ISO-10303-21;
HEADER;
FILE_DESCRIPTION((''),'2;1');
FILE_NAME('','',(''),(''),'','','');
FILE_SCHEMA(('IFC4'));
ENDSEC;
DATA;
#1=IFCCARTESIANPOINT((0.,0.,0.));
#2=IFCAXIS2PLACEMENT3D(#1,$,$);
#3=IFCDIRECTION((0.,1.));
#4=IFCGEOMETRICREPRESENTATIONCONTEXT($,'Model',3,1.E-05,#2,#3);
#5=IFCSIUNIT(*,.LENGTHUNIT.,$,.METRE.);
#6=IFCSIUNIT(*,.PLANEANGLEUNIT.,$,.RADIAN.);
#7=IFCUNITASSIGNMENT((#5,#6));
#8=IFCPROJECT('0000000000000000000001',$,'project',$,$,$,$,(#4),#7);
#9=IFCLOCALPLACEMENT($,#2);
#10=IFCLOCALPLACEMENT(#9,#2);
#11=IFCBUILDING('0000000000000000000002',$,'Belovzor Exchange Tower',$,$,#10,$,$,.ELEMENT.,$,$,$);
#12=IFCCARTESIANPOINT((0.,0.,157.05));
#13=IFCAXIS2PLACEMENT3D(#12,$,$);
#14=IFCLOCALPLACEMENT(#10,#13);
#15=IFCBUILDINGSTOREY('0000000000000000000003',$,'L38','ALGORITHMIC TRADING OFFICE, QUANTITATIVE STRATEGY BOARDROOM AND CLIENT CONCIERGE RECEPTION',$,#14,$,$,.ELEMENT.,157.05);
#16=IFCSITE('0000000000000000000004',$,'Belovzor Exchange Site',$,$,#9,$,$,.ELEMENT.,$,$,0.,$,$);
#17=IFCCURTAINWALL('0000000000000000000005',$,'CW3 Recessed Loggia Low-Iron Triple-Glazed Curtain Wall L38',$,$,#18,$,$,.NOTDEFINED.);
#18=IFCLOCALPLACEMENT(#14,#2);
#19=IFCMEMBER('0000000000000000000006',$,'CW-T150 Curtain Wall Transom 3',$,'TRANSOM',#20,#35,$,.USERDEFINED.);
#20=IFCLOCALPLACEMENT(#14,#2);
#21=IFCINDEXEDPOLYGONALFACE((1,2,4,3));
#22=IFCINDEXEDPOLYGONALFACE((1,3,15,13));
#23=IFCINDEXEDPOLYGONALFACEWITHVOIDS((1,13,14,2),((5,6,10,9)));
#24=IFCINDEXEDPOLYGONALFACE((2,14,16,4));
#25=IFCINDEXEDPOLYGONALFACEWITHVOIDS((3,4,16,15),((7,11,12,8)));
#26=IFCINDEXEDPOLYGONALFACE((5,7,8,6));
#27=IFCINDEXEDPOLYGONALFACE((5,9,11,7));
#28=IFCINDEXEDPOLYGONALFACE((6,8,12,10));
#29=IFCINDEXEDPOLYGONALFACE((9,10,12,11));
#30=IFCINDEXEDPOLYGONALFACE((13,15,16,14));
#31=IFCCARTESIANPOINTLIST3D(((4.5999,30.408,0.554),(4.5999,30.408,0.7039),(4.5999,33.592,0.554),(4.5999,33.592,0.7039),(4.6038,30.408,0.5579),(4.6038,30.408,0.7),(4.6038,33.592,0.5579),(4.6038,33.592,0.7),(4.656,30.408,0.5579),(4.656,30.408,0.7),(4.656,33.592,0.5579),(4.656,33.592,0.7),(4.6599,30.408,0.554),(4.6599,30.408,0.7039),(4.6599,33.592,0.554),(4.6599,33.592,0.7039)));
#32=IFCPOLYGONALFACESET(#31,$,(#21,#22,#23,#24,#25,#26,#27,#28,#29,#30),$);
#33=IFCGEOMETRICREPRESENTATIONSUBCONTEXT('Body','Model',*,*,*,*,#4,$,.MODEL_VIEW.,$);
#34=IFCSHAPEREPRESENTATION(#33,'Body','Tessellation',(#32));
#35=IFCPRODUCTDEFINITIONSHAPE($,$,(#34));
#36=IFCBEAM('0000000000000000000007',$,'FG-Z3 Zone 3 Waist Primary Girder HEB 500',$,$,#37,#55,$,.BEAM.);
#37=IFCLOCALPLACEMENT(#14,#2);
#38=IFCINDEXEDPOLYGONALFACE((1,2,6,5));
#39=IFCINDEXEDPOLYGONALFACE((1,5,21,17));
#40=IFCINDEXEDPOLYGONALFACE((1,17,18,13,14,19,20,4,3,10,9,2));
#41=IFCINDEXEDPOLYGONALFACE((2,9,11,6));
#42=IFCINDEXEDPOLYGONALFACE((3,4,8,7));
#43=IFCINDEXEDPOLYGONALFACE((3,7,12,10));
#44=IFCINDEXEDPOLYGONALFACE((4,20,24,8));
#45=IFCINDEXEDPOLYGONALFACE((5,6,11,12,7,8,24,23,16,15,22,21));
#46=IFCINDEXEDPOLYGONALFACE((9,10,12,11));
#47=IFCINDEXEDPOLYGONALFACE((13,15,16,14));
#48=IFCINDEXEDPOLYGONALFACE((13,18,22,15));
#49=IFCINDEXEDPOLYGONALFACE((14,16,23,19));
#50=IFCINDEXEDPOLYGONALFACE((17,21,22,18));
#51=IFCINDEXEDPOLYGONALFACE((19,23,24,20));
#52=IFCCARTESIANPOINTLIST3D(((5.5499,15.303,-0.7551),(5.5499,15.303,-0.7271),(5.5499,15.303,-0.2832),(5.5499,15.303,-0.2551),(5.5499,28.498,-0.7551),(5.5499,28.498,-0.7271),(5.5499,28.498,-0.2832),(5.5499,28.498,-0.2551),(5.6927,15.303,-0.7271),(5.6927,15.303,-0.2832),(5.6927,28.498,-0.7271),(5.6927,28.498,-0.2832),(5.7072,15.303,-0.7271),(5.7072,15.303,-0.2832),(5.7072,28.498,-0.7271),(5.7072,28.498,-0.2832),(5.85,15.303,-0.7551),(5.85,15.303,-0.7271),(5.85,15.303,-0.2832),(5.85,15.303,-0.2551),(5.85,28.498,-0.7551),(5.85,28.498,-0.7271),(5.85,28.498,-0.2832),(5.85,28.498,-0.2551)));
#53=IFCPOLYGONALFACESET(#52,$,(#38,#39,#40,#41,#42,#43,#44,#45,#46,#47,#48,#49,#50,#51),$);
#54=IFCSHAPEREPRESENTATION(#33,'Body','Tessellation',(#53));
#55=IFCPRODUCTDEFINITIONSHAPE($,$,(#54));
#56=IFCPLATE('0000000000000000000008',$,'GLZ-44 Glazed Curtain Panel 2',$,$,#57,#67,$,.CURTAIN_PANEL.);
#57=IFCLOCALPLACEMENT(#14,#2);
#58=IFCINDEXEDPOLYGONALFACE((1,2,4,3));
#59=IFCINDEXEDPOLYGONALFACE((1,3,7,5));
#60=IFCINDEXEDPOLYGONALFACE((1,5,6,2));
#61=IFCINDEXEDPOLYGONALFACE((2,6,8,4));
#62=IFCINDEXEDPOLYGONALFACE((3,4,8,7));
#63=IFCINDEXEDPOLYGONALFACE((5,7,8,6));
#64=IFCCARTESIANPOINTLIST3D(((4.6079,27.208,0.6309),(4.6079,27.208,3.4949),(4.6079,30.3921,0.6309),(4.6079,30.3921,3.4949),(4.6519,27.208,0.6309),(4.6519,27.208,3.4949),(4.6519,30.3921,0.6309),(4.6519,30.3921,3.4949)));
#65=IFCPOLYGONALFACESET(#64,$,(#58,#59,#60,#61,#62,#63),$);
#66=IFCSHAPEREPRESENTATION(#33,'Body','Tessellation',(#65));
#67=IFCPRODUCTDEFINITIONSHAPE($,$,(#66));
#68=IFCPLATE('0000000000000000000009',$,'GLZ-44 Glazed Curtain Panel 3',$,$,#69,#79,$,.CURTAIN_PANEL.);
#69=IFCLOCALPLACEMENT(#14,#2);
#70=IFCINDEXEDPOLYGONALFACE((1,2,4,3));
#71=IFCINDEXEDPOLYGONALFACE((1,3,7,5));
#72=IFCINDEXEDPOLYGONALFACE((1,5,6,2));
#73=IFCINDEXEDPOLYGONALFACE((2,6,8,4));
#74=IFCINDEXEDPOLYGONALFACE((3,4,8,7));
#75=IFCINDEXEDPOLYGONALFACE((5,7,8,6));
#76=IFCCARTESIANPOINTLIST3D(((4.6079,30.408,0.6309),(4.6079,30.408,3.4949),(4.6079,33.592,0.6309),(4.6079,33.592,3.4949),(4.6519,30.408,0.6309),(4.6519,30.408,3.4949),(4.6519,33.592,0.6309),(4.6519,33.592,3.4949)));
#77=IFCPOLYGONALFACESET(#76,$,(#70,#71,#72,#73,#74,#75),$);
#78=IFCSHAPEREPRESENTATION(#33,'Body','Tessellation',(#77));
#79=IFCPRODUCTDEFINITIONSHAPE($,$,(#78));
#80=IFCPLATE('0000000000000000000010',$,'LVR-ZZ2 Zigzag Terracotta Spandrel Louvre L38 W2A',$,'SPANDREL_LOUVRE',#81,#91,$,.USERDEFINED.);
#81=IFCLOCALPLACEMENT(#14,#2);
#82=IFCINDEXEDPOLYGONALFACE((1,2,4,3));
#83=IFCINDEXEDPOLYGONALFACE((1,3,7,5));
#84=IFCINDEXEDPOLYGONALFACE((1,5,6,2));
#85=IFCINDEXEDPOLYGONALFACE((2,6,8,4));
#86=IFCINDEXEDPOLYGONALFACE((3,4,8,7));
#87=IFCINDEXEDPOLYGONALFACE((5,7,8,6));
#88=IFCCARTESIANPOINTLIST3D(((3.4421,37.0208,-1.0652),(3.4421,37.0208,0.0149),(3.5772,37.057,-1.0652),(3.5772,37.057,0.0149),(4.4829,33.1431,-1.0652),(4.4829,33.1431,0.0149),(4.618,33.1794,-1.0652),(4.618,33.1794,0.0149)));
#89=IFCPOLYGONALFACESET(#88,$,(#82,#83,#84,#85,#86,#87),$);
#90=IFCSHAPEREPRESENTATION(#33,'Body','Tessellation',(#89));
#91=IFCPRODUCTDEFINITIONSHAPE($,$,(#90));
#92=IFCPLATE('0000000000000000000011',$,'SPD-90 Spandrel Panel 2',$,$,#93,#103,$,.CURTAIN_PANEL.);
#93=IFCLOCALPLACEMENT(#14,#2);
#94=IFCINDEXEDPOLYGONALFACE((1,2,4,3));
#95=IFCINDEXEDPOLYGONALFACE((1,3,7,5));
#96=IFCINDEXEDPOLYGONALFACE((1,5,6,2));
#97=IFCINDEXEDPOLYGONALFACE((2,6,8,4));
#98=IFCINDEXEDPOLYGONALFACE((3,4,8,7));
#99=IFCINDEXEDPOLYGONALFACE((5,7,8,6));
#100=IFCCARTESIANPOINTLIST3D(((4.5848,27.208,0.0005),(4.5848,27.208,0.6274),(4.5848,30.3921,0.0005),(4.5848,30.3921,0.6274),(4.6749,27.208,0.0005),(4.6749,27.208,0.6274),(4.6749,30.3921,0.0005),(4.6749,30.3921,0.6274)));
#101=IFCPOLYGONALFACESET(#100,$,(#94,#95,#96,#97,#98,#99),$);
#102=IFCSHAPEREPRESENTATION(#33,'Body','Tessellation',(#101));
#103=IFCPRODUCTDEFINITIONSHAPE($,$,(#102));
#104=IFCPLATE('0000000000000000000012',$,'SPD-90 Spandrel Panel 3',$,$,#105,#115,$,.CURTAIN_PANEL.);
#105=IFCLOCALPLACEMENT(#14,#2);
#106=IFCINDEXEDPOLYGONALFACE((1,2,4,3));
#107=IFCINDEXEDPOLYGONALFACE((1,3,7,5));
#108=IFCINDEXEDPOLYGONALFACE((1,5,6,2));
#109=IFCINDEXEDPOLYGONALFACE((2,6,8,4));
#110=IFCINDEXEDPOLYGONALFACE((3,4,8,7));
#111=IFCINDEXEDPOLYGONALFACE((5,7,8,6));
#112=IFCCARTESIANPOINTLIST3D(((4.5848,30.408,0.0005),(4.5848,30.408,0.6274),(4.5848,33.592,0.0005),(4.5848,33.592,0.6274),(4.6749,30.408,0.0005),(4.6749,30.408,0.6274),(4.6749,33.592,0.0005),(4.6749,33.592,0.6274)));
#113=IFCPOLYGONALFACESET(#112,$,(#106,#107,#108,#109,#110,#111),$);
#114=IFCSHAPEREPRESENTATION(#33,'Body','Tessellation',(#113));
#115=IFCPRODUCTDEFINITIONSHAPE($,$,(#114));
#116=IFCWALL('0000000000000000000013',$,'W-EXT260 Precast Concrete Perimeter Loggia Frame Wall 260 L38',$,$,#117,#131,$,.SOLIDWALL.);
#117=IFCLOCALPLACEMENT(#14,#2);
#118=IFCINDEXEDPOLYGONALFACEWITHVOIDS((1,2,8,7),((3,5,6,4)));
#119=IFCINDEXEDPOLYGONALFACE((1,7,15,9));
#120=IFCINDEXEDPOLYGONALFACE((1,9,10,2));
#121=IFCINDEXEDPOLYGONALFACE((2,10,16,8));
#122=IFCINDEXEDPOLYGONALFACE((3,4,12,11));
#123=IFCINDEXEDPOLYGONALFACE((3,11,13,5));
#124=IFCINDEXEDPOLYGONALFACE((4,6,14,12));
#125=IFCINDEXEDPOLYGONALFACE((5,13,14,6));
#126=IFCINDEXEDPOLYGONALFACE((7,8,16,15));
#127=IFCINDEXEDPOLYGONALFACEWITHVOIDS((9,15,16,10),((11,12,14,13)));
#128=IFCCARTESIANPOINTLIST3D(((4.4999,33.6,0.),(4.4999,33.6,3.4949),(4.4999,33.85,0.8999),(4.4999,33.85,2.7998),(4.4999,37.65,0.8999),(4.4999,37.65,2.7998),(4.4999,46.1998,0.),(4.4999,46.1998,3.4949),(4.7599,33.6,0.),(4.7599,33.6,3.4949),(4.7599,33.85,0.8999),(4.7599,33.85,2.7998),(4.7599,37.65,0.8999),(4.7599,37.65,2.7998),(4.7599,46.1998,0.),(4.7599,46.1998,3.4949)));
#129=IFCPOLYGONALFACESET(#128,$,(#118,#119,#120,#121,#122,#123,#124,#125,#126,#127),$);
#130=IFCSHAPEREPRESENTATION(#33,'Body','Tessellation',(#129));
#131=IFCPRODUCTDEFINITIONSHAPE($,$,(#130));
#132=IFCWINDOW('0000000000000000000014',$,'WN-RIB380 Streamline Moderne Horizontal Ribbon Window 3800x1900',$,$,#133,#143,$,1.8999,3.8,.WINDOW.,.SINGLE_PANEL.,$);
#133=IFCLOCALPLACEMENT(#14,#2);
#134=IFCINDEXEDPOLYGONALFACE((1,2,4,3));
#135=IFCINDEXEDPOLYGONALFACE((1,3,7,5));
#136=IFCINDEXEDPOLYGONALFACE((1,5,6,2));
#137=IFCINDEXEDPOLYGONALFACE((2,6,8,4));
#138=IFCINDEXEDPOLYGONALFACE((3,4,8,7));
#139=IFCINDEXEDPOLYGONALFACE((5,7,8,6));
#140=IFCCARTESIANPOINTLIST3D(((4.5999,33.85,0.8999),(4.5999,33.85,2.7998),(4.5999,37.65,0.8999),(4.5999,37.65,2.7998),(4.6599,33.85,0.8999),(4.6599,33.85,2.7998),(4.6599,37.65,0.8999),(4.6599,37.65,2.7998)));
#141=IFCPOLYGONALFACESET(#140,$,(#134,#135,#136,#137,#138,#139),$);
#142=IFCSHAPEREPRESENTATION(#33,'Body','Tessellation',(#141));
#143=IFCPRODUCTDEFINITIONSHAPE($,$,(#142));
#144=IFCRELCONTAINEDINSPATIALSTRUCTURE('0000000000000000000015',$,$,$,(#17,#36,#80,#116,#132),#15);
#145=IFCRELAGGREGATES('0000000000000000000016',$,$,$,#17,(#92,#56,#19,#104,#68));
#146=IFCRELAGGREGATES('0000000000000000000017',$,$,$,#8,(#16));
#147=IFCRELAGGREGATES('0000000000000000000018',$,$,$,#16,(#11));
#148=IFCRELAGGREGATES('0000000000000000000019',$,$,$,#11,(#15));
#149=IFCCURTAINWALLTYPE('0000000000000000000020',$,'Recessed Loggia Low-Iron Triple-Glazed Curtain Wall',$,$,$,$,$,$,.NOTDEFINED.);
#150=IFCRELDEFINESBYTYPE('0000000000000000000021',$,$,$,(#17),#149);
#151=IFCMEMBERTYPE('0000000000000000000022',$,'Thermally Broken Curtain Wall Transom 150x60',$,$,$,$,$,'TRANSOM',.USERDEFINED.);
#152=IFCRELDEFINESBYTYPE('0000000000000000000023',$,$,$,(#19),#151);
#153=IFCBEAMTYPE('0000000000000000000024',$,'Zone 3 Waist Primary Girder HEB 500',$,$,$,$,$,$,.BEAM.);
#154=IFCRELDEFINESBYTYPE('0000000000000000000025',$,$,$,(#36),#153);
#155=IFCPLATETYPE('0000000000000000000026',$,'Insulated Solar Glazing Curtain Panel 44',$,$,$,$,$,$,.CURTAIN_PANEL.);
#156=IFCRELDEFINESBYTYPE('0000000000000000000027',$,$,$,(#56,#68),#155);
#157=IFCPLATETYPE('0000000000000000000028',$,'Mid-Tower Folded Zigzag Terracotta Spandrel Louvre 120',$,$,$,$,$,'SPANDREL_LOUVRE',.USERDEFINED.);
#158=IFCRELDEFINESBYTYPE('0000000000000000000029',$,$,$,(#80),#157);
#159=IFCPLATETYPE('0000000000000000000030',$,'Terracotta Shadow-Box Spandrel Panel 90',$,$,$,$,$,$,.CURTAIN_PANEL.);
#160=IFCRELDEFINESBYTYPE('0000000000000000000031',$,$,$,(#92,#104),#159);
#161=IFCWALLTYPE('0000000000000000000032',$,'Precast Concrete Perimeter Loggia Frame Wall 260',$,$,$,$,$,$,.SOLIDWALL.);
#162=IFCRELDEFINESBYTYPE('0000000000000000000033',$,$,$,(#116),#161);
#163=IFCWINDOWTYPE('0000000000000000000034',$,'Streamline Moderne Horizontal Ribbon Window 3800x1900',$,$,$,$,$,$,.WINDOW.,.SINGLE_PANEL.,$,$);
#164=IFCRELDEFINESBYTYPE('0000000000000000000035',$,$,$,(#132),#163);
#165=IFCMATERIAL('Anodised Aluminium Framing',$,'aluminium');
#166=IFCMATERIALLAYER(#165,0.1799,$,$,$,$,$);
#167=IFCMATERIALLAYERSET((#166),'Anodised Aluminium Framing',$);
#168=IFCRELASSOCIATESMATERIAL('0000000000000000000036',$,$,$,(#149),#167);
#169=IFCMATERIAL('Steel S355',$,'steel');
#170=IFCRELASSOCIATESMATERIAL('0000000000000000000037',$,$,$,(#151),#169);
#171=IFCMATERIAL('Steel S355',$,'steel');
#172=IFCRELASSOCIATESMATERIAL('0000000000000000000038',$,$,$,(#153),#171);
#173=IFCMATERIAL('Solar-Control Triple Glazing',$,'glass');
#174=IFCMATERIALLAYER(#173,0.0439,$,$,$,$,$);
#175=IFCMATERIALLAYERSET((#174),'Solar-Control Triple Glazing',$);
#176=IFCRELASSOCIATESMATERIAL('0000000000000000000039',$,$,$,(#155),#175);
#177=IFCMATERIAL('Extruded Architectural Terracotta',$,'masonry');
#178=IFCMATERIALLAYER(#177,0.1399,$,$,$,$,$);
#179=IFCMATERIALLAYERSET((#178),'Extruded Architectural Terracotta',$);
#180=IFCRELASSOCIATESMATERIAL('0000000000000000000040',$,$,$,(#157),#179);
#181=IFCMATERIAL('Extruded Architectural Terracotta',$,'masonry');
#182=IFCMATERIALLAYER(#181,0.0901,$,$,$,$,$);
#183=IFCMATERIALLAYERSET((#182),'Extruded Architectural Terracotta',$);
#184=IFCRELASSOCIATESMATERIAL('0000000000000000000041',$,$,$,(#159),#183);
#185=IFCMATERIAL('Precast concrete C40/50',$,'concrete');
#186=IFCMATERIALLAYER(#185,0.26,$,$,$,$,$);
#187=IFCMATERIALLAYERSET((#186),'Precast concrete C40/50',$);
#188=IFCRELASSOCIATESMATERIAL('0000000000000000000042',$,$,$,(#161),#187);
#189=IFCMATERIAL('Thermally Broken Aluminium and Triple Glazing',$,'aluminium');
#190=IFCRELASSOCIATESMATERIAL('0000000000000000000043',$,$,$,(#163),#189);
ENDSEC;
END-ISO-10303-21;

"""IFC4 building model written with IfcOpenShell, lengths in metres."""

from ifc_helpers import new_model, si_unit, direction, frame, frame_2d, origin, origin_2d, place, context, subcontext, project, spatial, rectangle, hollow_rectangle, i_section, extrude, material, layer, layer_set, material_profile, profile_set, type_object, element, fill, aggregate, save


model = new_model("IFC4")

# Units and contexts
model_context = context("Model", 3, precision=1e-05, world=origin(), true_north=direction((0.0, 1.0)))
body_context = subcontext(model_context, "Body", "Model", "MODEL_VIEW")
ifc_project = project(units=[si_unit("LENGTHUNIT", "METRE"), si_unit("PLANEANGLEUNIT", "RADIAN")], contexts=[model_context])

# Site, building, storey
site_placement = place(None, origin())
site = spatial("IfcSite", under=ifc_project, at=site_placement, Name="Belovzor Exchange Site", CompositionType="ELEMENT", RefElevation=0.0)
building_placement = place(site_placement, origin())
building = spatial("IfcBuilding", under=site, at=building_placement, Name="Belovzor Exchange Tower", CompositionType="ELEMENT")
storey_placement = place(building_placement, frame((0.0, 0.0, 157.05)))
storey = spatial("IfcBuildingStorey", under=building, at=storey_placement, Name="L38", Description="ALGORITHMIC TRADING OFFICE, QUANTITATIVE STRATEGY BOARDROOM AND CLIENT CONCIERGE RECEPTION", CompositionType="ELEMENT", Elevation=157.05)

# Curtain wall, member
ifc_material_1 = material(Name="Anodised Aluminium Framing", Category="aluminium")
ifc_layer_1 = layer(ifc_material_1, 0.1799)
ifc_layer_set_1 = layer_set([ifc_layer_1], Name="Anodised Aluminium Framing")
curtain_wall_type = type_object("IfcCurtainWallType", Name="Recessed Loggia Low-Iron Triple-Glazed Curtain Wall", PredefinedType="NOTDEFINED", material=ifc_layer_set_1)
curtain_wall_placement = place(storey_placement, origin())
curtain_wall = element("IfcCurtainWall", 1, at=curtain_wall_placement, inside=storey, type_object=curtain_wall_type, Name="CW3 Recessed Loggia Low-Iron Triple-Glazed Curtain Wall L38", PredefinedType="NOTDEFINED")
ifc_material_2 = material(Name="Steel S355", Category="steel")
ifc_material_profile_1 = material_profile(ifc_material_2, hollow_rectangle(XDim=0.0601, YDim=0.1499, WallThickness=0.0039, at=origin_2d()))
ifc_profile_set_1 = profile_set([ifc_material_profile_1], Name="Steel S355")
member_type_1 = type_object("IfcMemberType", Name="Thermally Broken Curtain Wall Transom 150x60", ElementType="TRANSOM", PredefinedType="USERDEFINED", material=ifc_profile_set_1)
member_1_placement = place(storey_placement, frame((4.6299, 30.408, 0.6289), z_axis=(0.0, 1.0, 0.0), x_axis=(-1.0, 0.0, 0.0)))
member_1 = element("IfcMember", 2, at=member_1_placement, type_object=member_type_1, Name="CW-T150 Curtain Wall Transom 3", ObjectType="TRANSOM", PredefinedType="USERDEFINED", context=body_context, shape_type="SweptSolid", body=[
    extrude(hollow_rectangle(XDim=0.0601, YDim=0.1499, WallThickness=0.0039, at=origin_2d()), origin(), (0.0, 0.0, 1.0), 3.1841),
])

# Beam
ifc_material_3 = material(Name="Steel S355", Category="steel")
ifc_material_profile_2 = material_profile(ifc_material_3, i_section(OverallWidth=0.3, OverallDepth=0.5, WebThickness=0.0144, FlangeThickness=0.0281, at=origin_2d()))
ifc_profile_set_2 = profile_set([ifc_material_profile_2], Name="Steel S355")
beam_type_1 = type_object("IfcBeamType", Name="Zone 3 Waist Primary Girder HEB 500", PredefinedType="BEAM", material=ifc_profile_set_2)
beam_1_placement = place(storey_placement, frame((5.7, 28.498, -0.5051), z_axis=(0.0, -1.0, 0.0), x_axis=(1.0, 0.0, 0.0)))
element("IfcBeam", 3, at=beam_1_placement, inside=storey, type_object=beam_type_1, Name="FG-Z3 Zone 3 Waist Primary Girder HEB 500", PredefinedType="BEAM", context=body_context, shape_type="SweptSolid", body=[
    extrude(i_section(OverallWidth=0.3, OverallDepth=0.5, WebThickness=0.0144, FlangeThickness=0.0281, at=origin_2d()), origin(), (0.0, 0.0, 1.0), 13.1951),
])

# Plates
ifc_material_4 = material(Name="Solar-Control Triple Glazing", Category="glass")
ifc_layer_2 = layer(ifc_material_4, 0.0439)
ifc_layer_set_2 = layer_set([ifc_layer_2], Name="Solar-Control Triple Glazing")
plate_type_1 = type_object("IfcPlateType", Name="Insulated Solar Glazing Curtain Panel 44", PredefinedType="CURTAIN_PANEL", material=ifc_layer_set_2)
plate_1_placement = place(storey_placement, frame((4.6299, 28.8, 0.6309), z_axis=(0.0, 0.0, 1.0), x_axis=(0.0, 1.0, 0.0)))
plate_1 = element("IfcPlate", 4, at=plate_1_placement, type_object=plate_type_1, Name="GLZ-44 Glazed Curtain Panel 2", PredefinedType="CURTAIN_PANEL", context=body_context, shape_type="SweptSolid", body=[
    extrude(rectangle(XDim=3.1841, YDim=0.0439, at=origin_2d()), origin(), (0.0, 0.0, 1.0), 2.864),
])
plate_2_placement = place(storey_placement, frame((4.6299, 32.0, 0.6309), z_axis=(0.0, 0.0, 1.0), x_axis=(0.0, 1.0, 0.0)))
plate_2 = element("IfcPlate", 5, at=plate_2_placement, type_object=plate_type_1, Name="GLZ-44 Glazed Curtain Panel 3", PredefinedType="CURTAIN_PANEL", context=body_context, shape_type="SweptSolid", body=[
    extrude(rectangle(XDim=3.1841, YDim=0.0439, at=origin_2d()), origin(), (0.0, 0.0, 1.0), 2.864),
])
ifc_material_5 = material(Name="Extruded Architectural Terracotta", Category="masonry")
ifc_layer_3 = layer(ifc_material_5, 0.1399)
ifc_layer_set_3 = layer_set([ifc_layer_3], Name="Extruded Architectural Terracotta")
plate_type_2 = type_object("IfcPlateType", Name="Mid-Tower Folded Zigzag Terracotta Spandrel Louvre 120", ElementType="SPANDREL_LOUVRE", PredefinedType="USERDEFINED", material=ifc_layer_set_3)
plate_3_placement = place(storey_placement, frame((4.03, 35.1001, -1.0652), z_axis=(0.0, 0.0, 1.0), x_axis=(-0.25924, 0.965813, 0.0)))
element("IfcPlate", 6, at=plate_3_placement, inside=storey, type_object=plate_type_2, Name="LVR-ZZ2 Zigzag Terracotta Spandrel Louvre L38 W2A", ObjectType="SPANDREL_LOUVRE", PredefinedType="USERDEFINED", context=body_context, shape_type="SweptSolid", body=[
    extrude(rectangle(XDim=4.0149, YDim=0.1399, at=origin_2d()), origin(), (0.0, 0.0, 1.0), 1.0801),
])
ifc_material_6 = material(Name="Extruded Architectural Terracotta", Category="masonry")
ifc_layer_4 = layer(ifc_material_6, 0.0901)
ifc_layer_set_4 = layer_set([ifc_layer_4], Name="Extruded Architectural Terracotta")
plate_type_3 = type_object("IfcPlateType", Name="Terracotta Shadow-Box Spandrel Panel 90", PredefinedType="CURTAIN_PANEL", material=ifc_layer_set_4)
plate_4_placement = place(storey_placement, frame((4.6299, 28.8, 0.0005), z_axis=(0.0, 0.0, 1.0), x_axis=(0.0, 1.0, 0.0)))
plate_4 = element("IfcPlate", 7, at=plate_4_placement, type_object=plate_type_3, Name="SPD-90 Spandrel Panel 2", PredefinedType="CURTAIN_PANEL", context=body_context, shape_type="SweptSolid", body=[
    extrude(rectangle(XDim=3.1841, YDim=0.0901, at=origin_2d()), origin(), (0.0, 0.0, 1.0), 0.627),
])
plate_5_placement = place(storey_placement, frame((4.6299, 32.0, 0.0005), z_axis=(0.0, 0.0, 1.0), x_axis=(0.0, 1.0, 0.0)))
plate_5 = element("IfcPlate", 8, at=plate_5_placement, type_object=plate_type_3, Name="SPD-90 Spandrel Panel 3", PredefinedType="CURTAIN_PANEL", context=body_context, shape_type="SweptSolid", body=[
    extrude(rectangle(XDim=3.1841, YDim=0.0901, at=origin_2d()), origin(), (0.0, 0.0, 1.0), 0.627),
])
aggregate(curtain_wall, [plate_4, plate_1, member_1, plate_5, plate_2])

# Wall, opening, window
ifc_material_7 = material(Name="Precast concrete C40/50", Category="concrete")
ifc_layer_5 = layer(ifc_material_7, 0.26)
ifc_layer_set_5 = layer_set([ifc_layer_5], Name="Precast concrete C40/50")
wall_type = type_object("IfcWallType", Name="Precast Concrete Perimeter Loggia Frame Wall 260", PredefinedType="SOLIDWALL", material=ifc_layer_set_5)
wall_placement = place(storey_placement, frame((4.6299, 33.6001, 0.0), z_axis=(0.0, 0.0, 1.0), x_axis=(0.0, 1.0, 0.0)))
wall = element("IfcWall", 9, at=wall_placement, inside=storey, type_object=wall_type, Name="W-EXT260 Precast Concrete Perimeter Loggia Frame Wall 260 L38", PredefinedType="SOLIDWALL", context=body_context, shape_type="SweptSolid", body=[
    extrude(rectangle(XDim=12.5999, YDim=0.26, at=frame_2d((6.2998, 0.0))), origin(), (0.0, 0.0, 1.0), 3.4949),
])
opening_placement = place(wall_placement, frame((0.25, 0.0, 0.8999)))
opening = element("IfcOpeningElement", 10, at=opening_placement, cuts=wall, PredefinedType="OPENING", context=body_context, shape_type="SweptSolid", body=[
    extrude(rectangle(XDim=3.8, YDim=1.8999, at=frame_2d((1.8999, 0.95))), frame((0.0, 0.1399, 0.0), z_axis=(0.0, -1.0, 0.0), x_axis=(1.0, 0.0, 0.0)), (0.0, 0.0, 1.0), 0.28),
])
ifc_material_8 = material(Name="Thermally Broken Aluminium and Triple Glazing", Category="aluminium")
window_type = type_object("IfcWindowType", Name="Streamline Moderne Horizontal Ribbon Window 3800x1900", PartitioningType="SINGLE_PANEL", PredefinedType="WINDOW", material=ifc_material_8)
window_placement = place(opening_placement, origin())
window = element("IfcWindow", 11, at=window_placement, inside=storey, type_object=window_type, Name="WN-RIB380 Streamline Moderne Horizontal Ribbon Window 3800x1900", OverallHeight=1.8999, OverallWidth=3.8, PartitioningType="SINGLE_PANEL", PredefinedType="WINDOW", context=body_context, shape_type="SweptSolid", body=[
    extrude(rectangle(XDim=3.8, YDim=1.8999, at=frame_2d((1.8999, 0.95))), frame((0.0, 0.03, 0.0), z_axis=(0.0, -1.0, 0.0), x_axis=(1.0, 0.0, 0.0)), (0.0, 0.0, 1.0), 0.0601),
])
fill(opening, window)

save(model, "model.ifc")
